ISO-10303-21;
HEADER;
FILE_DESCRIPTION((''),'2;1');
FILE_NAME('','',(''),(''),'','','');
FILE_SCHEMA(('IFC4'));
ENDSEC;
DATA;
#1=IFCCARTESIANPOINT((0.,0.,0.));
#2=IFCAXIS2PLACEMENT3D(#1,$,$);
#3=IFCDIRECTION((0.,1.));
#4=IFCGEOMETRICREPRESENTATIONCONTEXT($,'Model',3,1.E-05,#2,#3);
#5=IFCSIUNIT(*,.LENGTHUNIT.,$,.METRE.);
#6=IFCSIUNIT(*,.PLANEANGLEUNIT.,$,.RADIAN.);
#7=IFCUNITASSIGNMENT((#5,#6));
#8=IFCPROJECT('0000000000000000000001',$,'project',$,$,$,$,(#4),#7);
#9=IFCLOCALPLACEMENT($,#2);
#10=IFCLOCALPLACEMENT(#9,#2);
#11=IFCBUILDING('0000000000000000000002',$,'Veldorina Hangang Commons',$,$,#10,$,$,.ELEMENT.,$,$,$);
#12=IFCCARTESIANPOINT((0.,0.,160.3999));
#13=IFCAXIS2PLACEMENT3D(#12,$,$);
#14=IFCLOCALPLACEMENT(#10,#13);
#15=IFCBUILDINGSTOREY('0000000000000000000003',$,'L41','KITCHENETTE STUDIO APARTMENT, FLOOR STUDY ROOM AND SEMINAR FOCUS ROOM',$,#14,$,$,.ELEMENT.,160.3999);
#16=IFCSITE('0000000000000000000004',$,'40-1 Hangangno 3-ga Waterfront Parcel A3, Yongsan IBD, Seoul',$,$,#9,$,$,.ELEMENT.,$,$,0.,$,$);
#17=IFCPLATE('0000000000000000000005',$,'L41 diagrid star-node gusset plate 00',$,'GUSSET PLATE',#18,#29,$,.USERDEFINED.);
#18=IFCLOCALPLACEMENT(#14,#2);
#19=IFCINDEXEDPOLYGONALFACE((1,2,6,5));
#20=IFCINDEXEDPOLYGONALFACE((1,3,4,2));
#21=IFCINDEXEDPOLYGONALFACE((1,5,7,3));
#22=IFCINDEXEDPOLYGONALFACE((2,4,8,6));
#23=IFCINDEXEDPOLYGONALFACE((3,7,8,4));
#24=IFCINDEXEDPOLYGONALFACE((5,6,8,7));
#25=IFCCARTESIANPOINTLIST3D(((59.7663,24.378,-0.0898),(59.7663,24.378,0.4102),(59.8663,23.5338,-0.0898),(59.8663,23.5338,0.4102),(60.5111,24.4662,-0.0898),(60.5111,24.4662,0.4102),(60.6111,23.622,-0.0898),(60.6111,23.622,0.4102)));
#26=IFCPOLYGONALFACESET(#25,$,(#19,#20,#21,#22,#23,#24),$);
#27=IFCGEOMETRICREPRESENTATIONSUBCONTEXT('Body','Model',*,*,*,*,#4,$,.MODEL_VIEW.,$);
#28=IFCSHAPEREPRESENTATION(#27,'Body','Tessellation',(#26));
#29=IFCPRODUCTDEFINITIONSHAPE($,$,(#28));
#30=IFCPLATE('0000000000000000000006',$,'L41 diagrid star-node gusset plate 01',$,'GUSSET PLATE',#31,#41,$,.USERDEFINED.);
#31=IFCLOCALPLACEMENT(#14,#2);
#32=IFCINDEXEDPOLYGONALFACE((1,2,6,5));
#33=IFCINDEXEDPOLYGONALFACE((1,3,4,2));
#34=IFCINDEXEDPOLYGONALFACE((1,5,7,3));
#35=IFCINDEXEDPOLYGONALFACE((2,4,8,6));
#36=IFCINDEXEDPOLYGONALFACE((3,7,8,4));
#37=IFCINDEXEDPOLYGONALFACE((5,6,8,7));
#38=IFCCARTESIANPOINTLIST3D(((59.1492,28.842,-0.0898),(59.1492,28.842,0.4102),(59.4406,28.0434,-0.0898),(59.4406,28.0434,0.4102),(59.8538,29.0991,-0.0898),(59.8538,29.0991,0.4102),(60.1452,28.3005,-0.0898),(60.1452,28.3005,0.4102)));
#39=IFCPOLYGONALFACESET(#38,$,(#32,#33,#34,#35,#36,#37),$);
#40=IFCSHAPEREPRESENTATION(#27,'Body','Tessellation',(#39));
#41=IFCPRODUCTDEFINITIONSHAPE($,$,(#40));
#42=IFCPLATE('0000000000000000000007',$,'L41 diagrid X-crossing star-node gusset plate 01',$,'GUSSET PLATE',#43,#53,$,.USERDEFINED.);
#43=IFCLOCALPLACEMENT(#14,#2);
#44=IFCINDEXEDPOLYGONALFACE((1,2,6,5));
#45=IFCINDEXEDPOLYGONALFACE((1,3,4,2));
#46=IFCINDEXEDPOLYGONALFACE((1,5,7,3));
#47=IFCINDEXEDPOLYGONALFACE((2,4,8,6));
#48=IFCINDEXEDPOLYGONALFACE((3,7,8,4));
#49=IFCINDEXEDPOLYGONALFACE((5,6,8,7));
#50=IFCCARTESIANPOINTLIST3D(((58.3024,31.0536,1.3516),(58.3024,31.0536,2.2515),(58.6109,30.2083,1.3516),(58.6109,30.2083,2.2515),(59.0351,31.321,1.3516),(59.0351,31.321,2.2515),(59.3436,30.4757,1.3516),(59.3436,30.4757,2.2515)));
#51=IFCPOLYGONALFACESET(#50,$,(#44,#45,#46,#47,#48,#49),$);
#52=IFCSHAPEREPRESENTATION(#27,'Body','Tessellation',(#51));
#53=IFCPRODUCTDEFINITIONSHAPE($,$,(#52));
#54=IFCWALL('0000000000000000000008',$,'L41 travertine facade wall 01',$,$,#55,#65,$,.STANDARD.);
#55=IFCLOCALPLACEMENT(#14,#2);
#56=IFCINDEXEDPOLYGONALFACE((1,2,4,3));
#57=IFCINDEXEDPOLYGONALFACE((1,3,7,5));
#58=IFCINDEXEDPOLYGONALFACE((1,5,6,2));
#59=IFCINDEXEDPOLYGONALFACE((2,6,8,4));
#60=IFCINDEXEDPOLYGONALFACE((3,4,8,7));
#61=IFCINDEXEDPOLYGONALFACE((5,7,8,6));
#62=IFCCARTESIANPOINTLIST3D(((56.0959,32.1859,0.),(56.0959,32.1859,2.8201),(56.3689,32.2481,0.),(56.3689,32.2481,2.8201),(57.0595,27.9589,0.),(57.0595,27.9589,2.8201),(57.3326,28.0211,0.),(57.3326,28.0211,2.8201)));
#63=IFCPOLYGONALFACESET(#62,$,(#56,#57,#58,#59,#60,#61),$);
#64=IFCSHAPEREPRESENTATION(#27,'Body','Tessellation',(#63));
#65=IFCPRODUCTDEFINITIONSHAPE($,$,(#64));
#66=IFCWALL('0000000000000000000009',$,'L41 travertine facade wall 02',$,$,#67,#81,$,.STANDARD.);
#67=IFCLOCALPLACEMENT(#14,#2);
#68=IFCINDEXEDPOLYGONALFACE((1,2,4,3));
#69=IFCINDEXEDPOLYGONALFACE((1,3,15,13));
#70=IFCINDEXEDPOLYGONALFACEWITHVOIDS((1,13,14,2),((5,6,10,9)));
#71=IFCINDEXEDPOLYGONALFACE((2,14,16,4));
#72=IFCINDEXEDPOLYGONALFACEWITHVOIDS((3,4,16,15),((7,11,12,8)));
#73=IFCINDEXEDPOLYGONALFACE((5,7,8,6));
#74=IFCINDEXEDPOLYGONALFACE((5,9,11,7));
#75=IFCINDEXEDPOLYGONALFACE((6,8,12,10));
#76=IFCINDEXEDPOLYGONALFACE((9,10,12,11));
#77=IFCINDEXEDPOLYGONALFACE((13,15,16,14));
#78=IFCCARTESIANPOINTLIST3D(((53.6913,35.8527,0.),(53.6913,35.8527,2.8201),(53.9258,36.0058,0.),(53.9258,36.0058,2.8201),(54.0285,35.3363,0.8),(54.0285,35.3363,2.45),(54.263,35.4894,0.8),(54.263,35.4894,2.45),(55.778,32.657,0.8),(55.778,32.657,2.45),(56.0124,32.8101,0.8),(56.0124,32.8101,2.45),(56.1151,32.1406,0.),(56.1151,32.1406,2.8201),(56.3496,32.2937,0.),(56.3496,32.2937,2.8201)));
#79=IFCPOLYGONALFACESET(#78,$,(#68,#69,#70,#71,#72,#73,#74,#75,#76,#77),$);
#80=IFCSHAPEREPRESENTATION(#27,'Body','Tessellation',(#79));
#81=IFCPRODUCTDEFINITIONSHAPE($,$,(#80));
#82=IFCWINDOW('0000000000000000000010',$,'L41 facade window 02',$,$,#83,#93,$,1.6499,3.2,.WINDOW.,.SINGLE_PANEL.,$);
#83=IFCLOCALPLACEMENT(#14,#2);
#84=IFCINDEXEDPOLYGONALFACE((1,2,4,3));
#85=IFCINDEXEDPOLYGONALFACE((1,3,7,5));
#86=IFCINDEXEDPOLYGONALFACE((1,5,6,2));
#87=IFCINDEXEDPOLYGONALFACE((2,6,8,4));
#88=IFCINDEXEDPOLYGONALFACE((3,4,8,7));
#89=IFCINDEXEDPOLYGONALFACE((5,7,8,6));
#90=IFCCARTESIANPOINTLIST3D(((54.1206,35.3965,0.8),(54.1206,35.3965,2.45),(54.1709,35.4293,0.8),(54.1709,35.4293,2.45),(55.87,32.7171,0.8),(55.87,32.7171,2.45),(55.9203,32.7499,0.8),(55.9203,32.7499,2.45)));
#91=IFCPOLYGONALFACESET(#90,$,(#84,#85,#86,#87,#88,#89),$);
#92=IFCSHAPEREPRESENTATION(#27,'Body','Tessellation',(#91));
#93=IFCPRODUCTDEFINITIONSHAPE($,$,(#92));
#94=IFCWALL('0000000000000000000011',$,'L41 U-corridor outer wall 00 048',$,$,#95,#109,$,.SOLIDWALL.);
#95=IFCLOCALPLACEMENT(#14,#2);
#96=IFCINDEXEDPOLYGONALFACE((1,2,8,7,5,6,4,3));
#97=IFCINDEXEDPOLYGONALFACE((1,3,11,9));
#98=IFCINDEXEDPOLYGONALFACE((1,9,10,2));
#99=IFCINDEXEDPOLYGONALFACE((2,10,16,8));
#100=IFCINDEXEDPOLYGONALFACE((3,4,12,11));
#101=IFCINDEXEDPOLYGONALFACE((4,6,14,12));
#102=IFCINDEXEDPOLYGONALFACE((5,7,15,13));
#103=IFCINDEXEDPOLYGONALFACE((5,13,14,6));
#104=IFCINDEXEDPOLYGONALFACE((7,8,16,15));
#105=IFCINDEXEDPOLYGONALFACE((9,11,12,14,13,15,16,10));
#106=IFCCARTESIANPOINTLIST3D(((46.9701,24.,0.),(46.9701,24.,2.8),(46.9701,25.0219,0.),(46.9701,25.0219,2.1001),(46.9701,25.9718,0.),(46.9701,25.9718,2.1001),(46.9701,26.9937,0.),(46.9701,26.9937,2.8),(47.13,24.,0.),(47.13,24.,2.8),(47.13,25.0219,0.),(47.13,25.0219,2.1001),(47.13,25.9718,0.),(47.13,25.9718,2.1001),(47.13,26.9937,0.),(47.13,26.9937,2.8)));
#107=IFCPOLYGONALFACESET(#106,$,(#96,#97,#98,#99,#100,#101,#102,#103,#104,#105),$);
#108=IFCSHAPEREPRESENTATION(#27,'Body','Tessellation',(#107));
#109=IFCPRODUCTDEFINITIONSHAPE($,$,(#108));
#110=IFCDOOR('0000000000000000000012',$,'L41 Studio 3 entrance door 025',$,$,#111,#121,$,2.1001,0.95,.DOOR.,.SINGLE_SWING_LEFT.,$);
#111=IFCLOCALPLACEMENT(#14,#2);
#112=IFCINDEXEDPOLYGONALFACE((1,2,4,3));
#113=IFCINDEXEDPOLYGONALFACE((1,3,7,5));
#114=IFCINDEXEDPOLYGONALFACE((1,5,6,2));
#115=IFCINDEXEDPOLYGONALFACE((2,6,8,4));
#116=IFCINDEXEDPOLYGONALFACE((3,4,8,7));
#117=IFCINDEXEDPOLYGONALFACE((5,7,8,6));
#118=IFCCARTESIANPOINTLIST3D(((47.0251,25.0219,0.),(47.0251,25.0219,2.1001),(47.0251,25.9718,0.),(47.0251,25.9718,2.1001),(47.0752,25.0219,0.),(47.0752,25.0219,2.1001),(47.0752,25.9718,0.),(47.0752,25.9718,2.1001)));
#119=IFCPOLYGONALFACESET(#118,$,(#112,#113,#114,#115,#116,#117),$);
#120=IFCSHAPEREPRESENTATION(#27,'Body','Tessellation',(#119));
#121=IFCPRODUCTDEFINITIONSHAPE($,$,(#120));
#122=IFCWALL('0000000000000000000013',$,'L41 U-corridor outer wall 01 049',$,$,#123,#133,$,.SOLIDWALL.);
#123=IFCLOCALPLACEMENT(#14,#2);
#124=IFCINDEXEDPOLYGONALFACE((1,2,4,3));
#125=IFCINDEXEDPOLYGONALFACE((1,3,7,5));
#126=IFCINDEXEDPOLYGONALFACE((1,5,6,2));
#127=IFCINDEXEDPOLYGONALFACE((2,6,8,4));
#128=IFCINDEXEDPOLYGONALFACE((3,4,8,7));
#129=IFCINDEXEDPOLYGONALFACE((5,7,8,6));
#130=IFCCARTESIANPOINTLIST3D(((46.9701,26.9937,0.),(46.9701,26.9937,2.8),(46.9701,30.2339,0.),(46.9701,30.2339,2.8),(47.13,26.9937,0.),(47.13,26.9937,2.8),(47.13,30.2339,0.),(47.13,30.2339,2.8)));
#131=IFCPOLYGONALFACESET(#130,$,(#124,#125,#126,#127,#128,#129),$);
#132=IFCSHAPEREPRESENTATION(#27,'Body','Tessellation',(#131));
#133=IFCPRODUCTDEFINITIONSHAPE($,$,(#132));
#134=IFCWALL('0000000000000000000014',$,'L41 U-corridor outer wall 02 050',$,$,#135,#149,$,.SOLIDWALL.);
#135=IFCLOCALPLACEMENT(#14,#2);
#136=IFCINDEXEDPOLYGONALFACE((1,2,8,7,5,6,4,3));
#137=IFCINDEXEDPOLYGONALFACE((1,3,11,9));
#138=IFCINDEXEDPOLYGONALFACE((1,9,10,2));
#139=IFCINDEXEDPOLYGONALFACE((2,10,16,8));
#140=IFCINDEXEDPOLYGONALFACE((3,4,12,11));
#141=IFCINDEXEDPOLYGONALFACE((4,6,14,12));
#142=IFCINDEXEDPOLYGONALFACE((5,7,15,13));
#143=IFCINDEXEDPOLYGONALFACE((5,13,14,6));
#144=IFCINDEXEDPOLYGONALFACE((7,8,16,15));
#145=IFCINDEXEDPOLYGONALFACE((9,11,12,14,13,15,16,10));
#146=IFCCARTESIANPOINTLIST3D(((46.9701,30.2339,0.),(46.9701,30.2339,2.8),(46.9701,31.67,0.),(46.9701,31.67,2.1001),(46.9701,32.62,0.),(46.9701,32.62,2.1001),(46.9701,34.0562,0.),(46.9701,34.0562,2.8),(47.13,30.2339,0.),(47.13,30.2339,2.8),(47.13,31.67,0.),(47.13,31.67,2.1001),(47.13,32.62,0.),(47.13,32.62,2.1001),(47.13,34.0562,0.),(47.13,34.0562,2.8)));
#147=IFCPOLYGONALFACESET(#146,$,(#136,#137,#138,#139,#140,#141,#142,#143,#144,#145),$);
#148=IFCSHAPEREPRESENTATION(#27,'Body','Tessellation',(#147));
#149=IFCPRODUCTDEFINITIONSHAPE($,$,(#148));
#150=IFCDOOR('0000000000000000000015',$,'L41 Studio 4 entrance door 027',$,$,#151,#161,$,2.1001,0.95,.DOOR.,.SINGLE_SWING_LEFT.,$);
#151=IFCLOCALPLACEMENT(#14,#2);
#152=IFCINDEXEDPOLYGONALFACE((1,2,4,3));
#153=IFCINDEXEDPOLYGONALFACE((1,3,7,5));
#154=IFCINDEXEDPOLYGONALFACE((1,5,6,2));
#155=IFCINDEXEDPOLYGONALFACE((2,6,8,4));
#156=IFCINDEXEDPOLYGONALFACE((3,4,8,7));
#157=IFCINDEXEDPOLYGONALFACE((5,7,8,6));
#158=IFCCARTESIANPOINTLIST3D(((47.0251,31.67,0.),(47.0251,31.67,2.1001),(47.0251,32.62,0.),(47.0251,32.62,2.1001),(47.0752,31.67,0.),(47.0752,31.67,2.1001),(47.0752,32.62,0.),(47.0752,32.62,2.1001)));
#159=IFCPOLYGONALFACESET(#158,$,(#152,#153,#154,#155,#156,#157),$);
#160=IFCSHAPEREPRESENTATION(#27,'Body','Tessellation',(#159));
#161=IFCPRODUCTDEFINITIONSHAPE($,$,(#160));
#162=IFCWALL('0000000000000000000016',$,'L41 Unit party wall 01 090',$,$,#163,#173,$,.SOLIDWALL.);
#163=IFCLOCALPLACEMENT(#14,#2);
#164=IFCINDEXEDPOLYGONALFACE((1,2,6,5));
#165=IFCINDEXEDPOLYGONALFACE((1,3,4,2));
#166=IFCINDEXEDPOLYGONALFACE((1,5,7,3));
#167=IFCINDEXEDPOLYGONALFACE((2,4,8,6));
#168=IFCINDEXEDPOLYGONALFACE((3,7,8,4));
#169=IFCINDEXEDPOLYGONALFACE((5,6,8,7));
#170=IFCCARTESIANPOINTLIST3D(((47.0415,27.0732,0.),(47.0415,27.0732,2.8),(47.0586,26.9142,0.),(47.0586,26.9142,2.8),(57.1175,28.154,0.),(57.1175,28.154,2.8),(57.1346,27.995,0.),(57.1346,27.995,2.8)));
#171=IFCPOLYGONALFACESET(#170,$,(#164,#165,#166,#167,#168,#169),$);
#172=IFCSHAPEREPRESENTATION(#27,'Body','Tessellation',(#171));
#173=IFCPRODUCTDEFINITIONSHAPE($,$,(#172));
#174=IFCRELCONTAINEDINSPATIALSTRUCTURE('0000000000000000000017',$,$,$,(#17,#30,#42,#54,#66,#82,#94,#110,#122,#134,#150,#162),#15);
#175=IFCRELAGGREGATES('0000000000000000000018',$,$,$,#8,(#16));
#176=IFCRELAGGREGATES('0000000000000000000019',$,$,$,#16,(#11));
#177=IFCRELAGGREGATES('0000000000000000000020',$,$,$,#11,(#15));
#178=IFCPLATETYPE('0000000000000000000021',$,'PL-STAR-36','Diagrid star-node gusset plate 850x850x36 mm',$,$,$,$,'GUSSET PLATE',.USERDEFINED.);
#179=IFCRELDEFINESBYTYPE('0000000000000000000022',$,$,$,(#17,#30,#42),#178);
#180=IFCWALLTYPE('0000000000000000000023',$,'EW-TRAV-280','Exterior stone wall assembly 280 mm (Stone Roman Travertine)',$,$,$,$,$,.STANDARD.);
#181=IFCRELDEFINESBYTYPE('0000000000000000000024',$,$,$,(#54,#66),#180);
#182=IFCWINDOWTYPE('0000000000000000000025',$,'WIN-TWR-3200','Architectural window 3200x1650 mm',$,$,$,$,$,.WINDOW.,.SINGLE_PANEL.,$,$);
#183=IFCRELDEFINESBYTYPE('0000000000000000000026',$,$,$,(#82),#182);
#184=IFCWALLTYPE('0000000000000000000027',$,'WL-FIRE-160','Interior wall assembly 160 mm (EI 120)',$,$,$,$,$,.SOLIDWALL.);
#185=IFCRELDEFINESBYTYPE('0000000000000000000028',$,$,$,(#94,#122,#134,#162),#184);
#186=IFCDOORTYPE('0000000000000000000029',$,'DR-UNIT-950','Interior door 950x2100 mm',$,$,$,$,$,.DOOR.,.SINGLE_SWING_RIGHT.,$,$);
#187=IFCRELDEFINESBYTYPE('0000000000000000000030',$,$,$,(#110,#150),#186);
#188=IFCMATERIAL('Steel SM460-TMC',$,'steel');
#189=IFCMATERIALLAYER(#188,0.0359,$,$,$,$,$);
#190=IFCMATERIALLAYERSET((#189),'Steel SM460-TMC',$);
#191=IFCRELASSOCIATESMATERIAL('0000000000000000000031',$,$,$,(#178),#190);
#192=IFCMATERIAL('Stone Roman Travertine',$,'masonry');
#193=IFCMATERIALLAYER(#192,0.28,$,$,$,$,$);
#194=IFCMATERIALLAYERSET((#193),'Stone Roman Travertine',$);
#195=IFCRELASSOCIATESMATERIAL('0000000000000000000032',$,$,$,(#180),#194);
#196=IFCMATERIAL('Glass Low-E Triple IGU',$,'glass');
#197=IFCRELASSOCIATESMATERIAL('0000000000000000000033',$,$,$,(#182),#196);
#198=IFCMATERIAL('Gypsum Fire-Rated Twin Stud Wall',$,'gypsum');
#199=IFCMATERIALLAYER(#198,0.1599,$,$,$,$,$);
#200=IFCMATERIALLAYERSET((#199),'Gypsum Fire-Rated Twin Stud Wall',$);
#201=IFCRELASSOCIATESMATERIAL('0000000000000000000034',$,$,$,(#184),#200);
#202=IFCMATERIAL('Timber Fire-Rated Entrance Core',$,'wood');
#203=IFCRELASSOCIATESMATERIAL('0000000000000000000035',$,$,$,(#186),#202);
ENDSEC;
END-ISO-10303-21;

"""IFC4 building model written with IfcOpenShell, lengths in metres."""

from ifc_helpers import new_model, si_unit, direction, frame, frame_2d, origin, origin_2d, place, context, subcontext, project, spatial, rectangle, extrude, material, layer, layer_set, type_object, element, fill, save


model = new_model("IFC4")

# Units and contexts
model_context = context("Model", 3, precision=1e-05, world=origin(), true_north=direction((0.0, 1.0)))
body_context = subcontext(model_context, "Body", "Model", "MODEL_VIEW")
ifc_project = project(units=[si_unit("LENGTHUNIT", "METRE"), si_unit("PLANEANGLEUNIT", "RADIAN")], contexts=[model_context])

# Site, building, storey
site_placement = place(None, origin())
site = spatial("IfcSite", under=ifc_project, at=site_placement, Name="40-1 Hangangno 3-ga Waterfront Parcel A3, Yongsan IBD, Seoul", CompositionType="ELEMENT", RefElevation=0.0)
building_placement = place(site_placement, origin())
building = spatial("IfcBuilding", under=site, at=building_placement, Name="Veldorina Hangang Commons", CompositionType="ELEMENT")
storey_placement = place(building_placement, frame((0.0, 0.0, 160.3999)))
storey = spatial("IfcBuildingStorey", under=building, at=storey_placement, Name="L41", Description="KITCHENETTE STUDIO APARTMENT, FLOOR STUDY ROOM AND SEMINAR FOCUS ROOM", CompositionType="ELEMENT", Elevation=160.3999)

# Shared definitions
ifc_material_1 = material(Name="Glass Low-E Triple IGU", Category="glass")

# Plates
ifc_material_2 = material(Name="Steel SM460-TMC", Category="steel")
ifc_layer_1 = layer(ifc_material_2, 0.0359)
ifc_layer_set_1 = layer_set([ifc_layer_1], Name="Steel SM460-TMC")
plate_type_1 = type_object("IfcPlateType", Name="PL-STAR-36", Description="Diagrid star-node gusset plate 850x850x36 mm", ElementType="GUSSET PLATE", PredefinedType="USERDEFINED", material=ifc_layer_set_1)
for number, where, z_axis, x_axis, name in (
    (1, (60.1887, 24.0, -0.0898), (0.0, 0.0, 1.0), (-0.117659, 0.993054, 0.0), "L41 diagrid star-node gusset plate 00"),
    (2, (59.6472, 28.5713, -0.0898), (0.0, 0.0, 1.0), (-0.342807, 0.939406, 0.0), "L41 diagrid star-node gusset plate 01"),
):
    element("IfcPlate", number, at=place(storey_placement, frame(where, z_axis=z_axis, x_axis=x_axis)), inside=storey, type_object=plate_type_1, Name=name, ObjectType="GUSSET PLATE", PredefinedType="USERDEFINED", context=body_context, shape_type="SweptSolid", body=[
        extrude(rectangle(XDim=0.8501, YDim=0.75, at=origin_2d()), origin(), (0.0, 0.0, 1.0), 0.5),
    ])
plate_1_placement = place(storey_placement, frame((58.823, 30.7646, 1.3516), z_axis=(0.0, 0.0, 1.0), x_axis=(-0.342807, 0.939406, 0.0)))
element("IfcPlate", 3, at=plate_1_placement, inside=storey, type_object=plate_type_1, Name="L41 diagrid X-crossing star-node gusset plate 01", ObjectType="GUSSET PLATE", PredefinedType="USERDEFINED", context=body_context, shape_type="SweptSolid", body=[
    extrude(rectangle(XDim=0.8999, YDim=0.78, at=origin_2d()), origin(), (0.0, 0.0, 1.0), 0.8999),
])

# Wall
ifc_material_3 = material(Name="Stone Roman Travertine", Category="masonry")
ifc_layer_2 = layer(ifc_material_3, 0.28)
ifc_layer_set_2 = layer_set([ifc_layer_2], Name="Stone Roman Travertine")
wall_type_1 = type_object("IfcWallType", Name="EW-TRAV-280", Description="Exterior stone wall assembly 280 mm (Stone Roman Travertine)", PredefinedType="STANDARD", material=ifc_layer_set_2)
wall_1_placement = place(storey_placement, frame((57.196, 27.99, 0.0), z_axis=(0.0, 0.0, 1.0), x_axis=(-0.222264, 0.974987, 0.0)))
element("IfcWall", 4, at=wall_1_placement, inside=storey, type_object=wall_type_1, Name="L41 travertine facade wall 01", PredefinedType="STANDARD", context=body_context, shape_type="SweptSolid", body=[
    extrude(rectangle(XDim=4.3354, YDim=0.28, at=frame_2d((2.1677, 0.0))), origin(), (0.0, 0.0, 1.0), 2.8201),
])

# Wall, opening, window
wall_2_placement = place(storey_placement, frame((56.2324, 32.217, 0.0), z_axis=(0.0, 0.0, 1.0), x_axis=(-0.54672, 0.837316, 0.0)))
wall_2 = element("IfcWall", 5, at=wall_2_placement, inside=storey, type_object=wall_type_1, Name="L41 travertine facade wall 02", PredefinedType="STANDARD", context=body_context, shape_type="SweptSolid", body=[
    extrude(rectangle(XDim=4.4333, YDim=0.28, at=frame_2d((2.2168, 0.0))), origin(), (0.0, 0.0, 1.0), 2.8201),
])
opening_1_placement = place(wall_2_placement, frame((0.6167, 0.0, 0.8)))
opening_1 = element("IfcOpeningElement", 6, at=opening_1_placement, cuts=wall_2, PredefinedType="OPENING", context=body_context, shape_type="SweptSolid", body=[
    extrude(rectangle(XDim=3.2, YDim=1.6499, at=frame_2d((1.6001, 0.825))), frame((0.0, 0.1499, 0.0), z_axis=(0.0, -1.0, 0.0), x_axis=(1.0, 0.0, 0.0)), (0.0, 0.0, 1.0), 0.3),
])
window_type = type_object("IfcWindowType", Name="WIN-TWR-3200", Description="Architectural window 3200x1650 mm", PartitioningType="SINGLE_PANEL", PredefinedType="WINDOW", material=ifc_material_1)
window_placement = place(opening_1_placement, origin())
window = element("IfcWindow", 7, at=window_placement, inside=storey, type_object=window_type, Name="L41 facade window 02", OverallHeight=1.6499, OverallWidth=3.2, PartitioningType="SINGLE_PANEL", PredefinedType="WINDOW", context=body_context, shape_type="SweptSolid", body=[
    extrude(rectangle(XDim=3.2, YDim=1.6499, at=frame_2d((1.6001, 0.825))), frame((0.0, 0.03, 0.0), z_axis=(0.0, -1.0, 0.0), x_axis=(1.0, 0.0, 0.0)), (0.0, 0.0, 1.0), 0.0601),
])
fill(opening_1, window)

# Wall, opening, door
ifc_material_4 = material(Name="Gypsum Fire-Rated Twin Stud Wall", Category="gypsum")
ifc_layer_3 = layer(ifc_material_4, 0.1599)
ifc_layer_set_3 = layer_set([ifc_layer_3], Name="Gypsum Fire-Rated Twin Stud Wall")
wall_type_2 = type_object("IfcWallType", Name="WL-FIRE-160", Description="Interior wall assembly 160 mm (EI 120)", PredefinedType="SOLIDWALL", material=ifc_layer_set_3)
wall_3_placement = place(storey_placement, frame((47.05, 24.0, 0.0), z_axis=(0.0, 0.0, 1.0), x_axis=(0.0, 1.0, 0.0)))
wall_3 = element("IfcWall", 8, at=wall_3_placement, inside=storey, type_object=wall_type_2, Name="L41 U-corridor outer wall 00 048", PredefinedType="SOLIDWALL", context=body_context, shape_type="SweptSolid", body=[
    extrude(rectangle(XDim=2.9937, YDim=0.1599, at=frame_2d((1.4968, 0.0))), origin(), (0.0, 0.0, 1.0), 2.8),
])
opening_2_placement = place(wall_3_placement, frame((1.0217, 0.0, 0.0)))
opening_2 = element("IfcOpeningElement", 9, at=opening_2_placement, cuts=wall_3, PredefinedType="OPENING", context=body_context, shape_type="SweptSolid", body=[
    extrude(rectangle(XDim=0.95, YDim=2.1001, at=frame_2d((0.4751, 1.05))), frame((0.0, 0.0898, 0.0), z_axis=(0.0, -1.0, 0.0), x_axis=(1.0, 0.0, 0.0)), (0.0, 0.0, 1.0), 0.1799),
])
ifc_material_5 = material(Name="Timber Fire-Rated Entrance Core", Category="wood")
door_type_1 = type_object("IfcDoorType", Name="DR-UNIT-950", Description="Interior door 950x2100 mm", OperationType="SINGLE_SWING_RIGHT", PredefinedType="DOOR", material=ifc_material_5)
door_1_placement = place(opening_2_placement, origin())
door_1 = element("IfcDoor", 10, at=door_1_placement, inside=storey, type_object=door_type_1, Name="L41 Studio 3 entrance door 025", OperationType="SINGLE_SWING_LEFT", OverallHeight=2.1001, OverallWidth=0.95, PredefinedType="DOOR", context=body_context, shape_type="SweptSolid", body=[
    extrude(rectangle(XDim=0.95, YDim=2.1001, at=frame_2d((0.4751, 1.05))), frame((0.0, 0.0249, 0.0), z_axis=(0.0, -1.0, 0.0), x_axis=(1.0, 0.0, 0.0)), (0.0, 0.0, 1.0), 0.05),
])
fill(opening_2, door_1)

# Wall
wall_4_placement = place(storey_placement, frame((47.05, 26.9937, 0.0), z_axis=(0.0, 0.0, 1.0), x_axis=(0.0, 1.0, 0.0)))
element("IfcWall", 11, at=wall_4_placement, inside=storey, type_object=wall_type_2, Name="L41 U-corridor outer wall 01 049", PredefinedType="SOLIDWALL", context=body_context, shape_type="SweptSolid", body=[
    extrude(rectangle(XDim=3.2402, YDim=0.1599, at=frame_2d((1.6201, 0.0))), origin(), (0.0, 0.0, 1.0), 2.8),
])

# Wall, opening, door
wall_5_placement = place(storey_placement, frame((47.05, 30.2339, 0.0), z_axis=(0.0, 0.0, 1.0), x_axis=(0.0, 1.0, 0.0)))
wall_5 = element("IfcWall", 12, at=wall_5_placement, inside=storey, type_object=wall_type_2, Name="L41 U-corridor outer wall 02 050", PredefinedType="SOLIDWALL", context=body_context, shape_type="SweptSolid", body=[
    extrude(rectangle(XDim=3.8223, YDim=0.1599, at=frame_2d((1.9111, 0.0))), origin(), (0.0, 0.0, 1.0), 2.8),
])
opening_3_placement = place(wall_5_placement, frame((1.436, 0.0, 0.0)))
opening_3 = element("IfcOpeningElement", 13, at=opening_3_placement, cuts=wall_5, PredefinedType="OPENING", context=body_context, shape_type="SweptSolid", body=[
    extrude(rectangle(XDim=0.95, YDim=2.1001, at=frame_2d((0.4751, 1.05))), frame((0.0, 0.0898, 0.0), z_axis=(0.0, -1.0, 0.0), x_axis=(1.0, 0.0, 0.0)), (0.0, 0.0, 1.0), 0.1799),
])
door_2_placement = place(opening_3_placement, origin())
door_2 = element("IfcDoor", 14, at=door_2_placement, inside=storey, type_object=door_type_1, Name="L41 Studio 4 entrance door 027", OperationType="SINGLE_SWING_LEFT", OverallHeight=2.1001, OverallWidth=0.95, PredefinedType="DOOR", context=body_context, shape_type="SweptSolid", body=[
    extrude(rectangle(XDim=0.95, YDim=2.1001, at=frame_2d((0.4751, 1.05))), frame((0.0, 0.0249, 0.0), z_axis=(0.0, -1.0, 0.0), x_axis=(1.0, 0.0, 0.0)), (0.0, 0.0, 1.0), 0.05),
])
fill(opening_3, door_2)

# Wall
wall_6_placement = place(storey_placement, frame((47.05, 26.9937, 0.0), z_axis=(0.0, 0.0, 1.0), x_axis=(0.994296, 0.106655, 0.0)))
element("IfcWall", 15, at=wall_6_placement, inside=storey, type_object=wall_type_2, Name="L41 Unit party wall 01 090", PredefinedType="SOLIDWALL", context=body_context, shape_type="SweptSolid", body=[
    extrude(rectangle(XDim=10.1338, YDim=0.1599, at=frame_2d((5.0669, 0.0))), origin(), (0.0, 0.0, 1.0), 2.8),
])

save(model, "model.ifc")
